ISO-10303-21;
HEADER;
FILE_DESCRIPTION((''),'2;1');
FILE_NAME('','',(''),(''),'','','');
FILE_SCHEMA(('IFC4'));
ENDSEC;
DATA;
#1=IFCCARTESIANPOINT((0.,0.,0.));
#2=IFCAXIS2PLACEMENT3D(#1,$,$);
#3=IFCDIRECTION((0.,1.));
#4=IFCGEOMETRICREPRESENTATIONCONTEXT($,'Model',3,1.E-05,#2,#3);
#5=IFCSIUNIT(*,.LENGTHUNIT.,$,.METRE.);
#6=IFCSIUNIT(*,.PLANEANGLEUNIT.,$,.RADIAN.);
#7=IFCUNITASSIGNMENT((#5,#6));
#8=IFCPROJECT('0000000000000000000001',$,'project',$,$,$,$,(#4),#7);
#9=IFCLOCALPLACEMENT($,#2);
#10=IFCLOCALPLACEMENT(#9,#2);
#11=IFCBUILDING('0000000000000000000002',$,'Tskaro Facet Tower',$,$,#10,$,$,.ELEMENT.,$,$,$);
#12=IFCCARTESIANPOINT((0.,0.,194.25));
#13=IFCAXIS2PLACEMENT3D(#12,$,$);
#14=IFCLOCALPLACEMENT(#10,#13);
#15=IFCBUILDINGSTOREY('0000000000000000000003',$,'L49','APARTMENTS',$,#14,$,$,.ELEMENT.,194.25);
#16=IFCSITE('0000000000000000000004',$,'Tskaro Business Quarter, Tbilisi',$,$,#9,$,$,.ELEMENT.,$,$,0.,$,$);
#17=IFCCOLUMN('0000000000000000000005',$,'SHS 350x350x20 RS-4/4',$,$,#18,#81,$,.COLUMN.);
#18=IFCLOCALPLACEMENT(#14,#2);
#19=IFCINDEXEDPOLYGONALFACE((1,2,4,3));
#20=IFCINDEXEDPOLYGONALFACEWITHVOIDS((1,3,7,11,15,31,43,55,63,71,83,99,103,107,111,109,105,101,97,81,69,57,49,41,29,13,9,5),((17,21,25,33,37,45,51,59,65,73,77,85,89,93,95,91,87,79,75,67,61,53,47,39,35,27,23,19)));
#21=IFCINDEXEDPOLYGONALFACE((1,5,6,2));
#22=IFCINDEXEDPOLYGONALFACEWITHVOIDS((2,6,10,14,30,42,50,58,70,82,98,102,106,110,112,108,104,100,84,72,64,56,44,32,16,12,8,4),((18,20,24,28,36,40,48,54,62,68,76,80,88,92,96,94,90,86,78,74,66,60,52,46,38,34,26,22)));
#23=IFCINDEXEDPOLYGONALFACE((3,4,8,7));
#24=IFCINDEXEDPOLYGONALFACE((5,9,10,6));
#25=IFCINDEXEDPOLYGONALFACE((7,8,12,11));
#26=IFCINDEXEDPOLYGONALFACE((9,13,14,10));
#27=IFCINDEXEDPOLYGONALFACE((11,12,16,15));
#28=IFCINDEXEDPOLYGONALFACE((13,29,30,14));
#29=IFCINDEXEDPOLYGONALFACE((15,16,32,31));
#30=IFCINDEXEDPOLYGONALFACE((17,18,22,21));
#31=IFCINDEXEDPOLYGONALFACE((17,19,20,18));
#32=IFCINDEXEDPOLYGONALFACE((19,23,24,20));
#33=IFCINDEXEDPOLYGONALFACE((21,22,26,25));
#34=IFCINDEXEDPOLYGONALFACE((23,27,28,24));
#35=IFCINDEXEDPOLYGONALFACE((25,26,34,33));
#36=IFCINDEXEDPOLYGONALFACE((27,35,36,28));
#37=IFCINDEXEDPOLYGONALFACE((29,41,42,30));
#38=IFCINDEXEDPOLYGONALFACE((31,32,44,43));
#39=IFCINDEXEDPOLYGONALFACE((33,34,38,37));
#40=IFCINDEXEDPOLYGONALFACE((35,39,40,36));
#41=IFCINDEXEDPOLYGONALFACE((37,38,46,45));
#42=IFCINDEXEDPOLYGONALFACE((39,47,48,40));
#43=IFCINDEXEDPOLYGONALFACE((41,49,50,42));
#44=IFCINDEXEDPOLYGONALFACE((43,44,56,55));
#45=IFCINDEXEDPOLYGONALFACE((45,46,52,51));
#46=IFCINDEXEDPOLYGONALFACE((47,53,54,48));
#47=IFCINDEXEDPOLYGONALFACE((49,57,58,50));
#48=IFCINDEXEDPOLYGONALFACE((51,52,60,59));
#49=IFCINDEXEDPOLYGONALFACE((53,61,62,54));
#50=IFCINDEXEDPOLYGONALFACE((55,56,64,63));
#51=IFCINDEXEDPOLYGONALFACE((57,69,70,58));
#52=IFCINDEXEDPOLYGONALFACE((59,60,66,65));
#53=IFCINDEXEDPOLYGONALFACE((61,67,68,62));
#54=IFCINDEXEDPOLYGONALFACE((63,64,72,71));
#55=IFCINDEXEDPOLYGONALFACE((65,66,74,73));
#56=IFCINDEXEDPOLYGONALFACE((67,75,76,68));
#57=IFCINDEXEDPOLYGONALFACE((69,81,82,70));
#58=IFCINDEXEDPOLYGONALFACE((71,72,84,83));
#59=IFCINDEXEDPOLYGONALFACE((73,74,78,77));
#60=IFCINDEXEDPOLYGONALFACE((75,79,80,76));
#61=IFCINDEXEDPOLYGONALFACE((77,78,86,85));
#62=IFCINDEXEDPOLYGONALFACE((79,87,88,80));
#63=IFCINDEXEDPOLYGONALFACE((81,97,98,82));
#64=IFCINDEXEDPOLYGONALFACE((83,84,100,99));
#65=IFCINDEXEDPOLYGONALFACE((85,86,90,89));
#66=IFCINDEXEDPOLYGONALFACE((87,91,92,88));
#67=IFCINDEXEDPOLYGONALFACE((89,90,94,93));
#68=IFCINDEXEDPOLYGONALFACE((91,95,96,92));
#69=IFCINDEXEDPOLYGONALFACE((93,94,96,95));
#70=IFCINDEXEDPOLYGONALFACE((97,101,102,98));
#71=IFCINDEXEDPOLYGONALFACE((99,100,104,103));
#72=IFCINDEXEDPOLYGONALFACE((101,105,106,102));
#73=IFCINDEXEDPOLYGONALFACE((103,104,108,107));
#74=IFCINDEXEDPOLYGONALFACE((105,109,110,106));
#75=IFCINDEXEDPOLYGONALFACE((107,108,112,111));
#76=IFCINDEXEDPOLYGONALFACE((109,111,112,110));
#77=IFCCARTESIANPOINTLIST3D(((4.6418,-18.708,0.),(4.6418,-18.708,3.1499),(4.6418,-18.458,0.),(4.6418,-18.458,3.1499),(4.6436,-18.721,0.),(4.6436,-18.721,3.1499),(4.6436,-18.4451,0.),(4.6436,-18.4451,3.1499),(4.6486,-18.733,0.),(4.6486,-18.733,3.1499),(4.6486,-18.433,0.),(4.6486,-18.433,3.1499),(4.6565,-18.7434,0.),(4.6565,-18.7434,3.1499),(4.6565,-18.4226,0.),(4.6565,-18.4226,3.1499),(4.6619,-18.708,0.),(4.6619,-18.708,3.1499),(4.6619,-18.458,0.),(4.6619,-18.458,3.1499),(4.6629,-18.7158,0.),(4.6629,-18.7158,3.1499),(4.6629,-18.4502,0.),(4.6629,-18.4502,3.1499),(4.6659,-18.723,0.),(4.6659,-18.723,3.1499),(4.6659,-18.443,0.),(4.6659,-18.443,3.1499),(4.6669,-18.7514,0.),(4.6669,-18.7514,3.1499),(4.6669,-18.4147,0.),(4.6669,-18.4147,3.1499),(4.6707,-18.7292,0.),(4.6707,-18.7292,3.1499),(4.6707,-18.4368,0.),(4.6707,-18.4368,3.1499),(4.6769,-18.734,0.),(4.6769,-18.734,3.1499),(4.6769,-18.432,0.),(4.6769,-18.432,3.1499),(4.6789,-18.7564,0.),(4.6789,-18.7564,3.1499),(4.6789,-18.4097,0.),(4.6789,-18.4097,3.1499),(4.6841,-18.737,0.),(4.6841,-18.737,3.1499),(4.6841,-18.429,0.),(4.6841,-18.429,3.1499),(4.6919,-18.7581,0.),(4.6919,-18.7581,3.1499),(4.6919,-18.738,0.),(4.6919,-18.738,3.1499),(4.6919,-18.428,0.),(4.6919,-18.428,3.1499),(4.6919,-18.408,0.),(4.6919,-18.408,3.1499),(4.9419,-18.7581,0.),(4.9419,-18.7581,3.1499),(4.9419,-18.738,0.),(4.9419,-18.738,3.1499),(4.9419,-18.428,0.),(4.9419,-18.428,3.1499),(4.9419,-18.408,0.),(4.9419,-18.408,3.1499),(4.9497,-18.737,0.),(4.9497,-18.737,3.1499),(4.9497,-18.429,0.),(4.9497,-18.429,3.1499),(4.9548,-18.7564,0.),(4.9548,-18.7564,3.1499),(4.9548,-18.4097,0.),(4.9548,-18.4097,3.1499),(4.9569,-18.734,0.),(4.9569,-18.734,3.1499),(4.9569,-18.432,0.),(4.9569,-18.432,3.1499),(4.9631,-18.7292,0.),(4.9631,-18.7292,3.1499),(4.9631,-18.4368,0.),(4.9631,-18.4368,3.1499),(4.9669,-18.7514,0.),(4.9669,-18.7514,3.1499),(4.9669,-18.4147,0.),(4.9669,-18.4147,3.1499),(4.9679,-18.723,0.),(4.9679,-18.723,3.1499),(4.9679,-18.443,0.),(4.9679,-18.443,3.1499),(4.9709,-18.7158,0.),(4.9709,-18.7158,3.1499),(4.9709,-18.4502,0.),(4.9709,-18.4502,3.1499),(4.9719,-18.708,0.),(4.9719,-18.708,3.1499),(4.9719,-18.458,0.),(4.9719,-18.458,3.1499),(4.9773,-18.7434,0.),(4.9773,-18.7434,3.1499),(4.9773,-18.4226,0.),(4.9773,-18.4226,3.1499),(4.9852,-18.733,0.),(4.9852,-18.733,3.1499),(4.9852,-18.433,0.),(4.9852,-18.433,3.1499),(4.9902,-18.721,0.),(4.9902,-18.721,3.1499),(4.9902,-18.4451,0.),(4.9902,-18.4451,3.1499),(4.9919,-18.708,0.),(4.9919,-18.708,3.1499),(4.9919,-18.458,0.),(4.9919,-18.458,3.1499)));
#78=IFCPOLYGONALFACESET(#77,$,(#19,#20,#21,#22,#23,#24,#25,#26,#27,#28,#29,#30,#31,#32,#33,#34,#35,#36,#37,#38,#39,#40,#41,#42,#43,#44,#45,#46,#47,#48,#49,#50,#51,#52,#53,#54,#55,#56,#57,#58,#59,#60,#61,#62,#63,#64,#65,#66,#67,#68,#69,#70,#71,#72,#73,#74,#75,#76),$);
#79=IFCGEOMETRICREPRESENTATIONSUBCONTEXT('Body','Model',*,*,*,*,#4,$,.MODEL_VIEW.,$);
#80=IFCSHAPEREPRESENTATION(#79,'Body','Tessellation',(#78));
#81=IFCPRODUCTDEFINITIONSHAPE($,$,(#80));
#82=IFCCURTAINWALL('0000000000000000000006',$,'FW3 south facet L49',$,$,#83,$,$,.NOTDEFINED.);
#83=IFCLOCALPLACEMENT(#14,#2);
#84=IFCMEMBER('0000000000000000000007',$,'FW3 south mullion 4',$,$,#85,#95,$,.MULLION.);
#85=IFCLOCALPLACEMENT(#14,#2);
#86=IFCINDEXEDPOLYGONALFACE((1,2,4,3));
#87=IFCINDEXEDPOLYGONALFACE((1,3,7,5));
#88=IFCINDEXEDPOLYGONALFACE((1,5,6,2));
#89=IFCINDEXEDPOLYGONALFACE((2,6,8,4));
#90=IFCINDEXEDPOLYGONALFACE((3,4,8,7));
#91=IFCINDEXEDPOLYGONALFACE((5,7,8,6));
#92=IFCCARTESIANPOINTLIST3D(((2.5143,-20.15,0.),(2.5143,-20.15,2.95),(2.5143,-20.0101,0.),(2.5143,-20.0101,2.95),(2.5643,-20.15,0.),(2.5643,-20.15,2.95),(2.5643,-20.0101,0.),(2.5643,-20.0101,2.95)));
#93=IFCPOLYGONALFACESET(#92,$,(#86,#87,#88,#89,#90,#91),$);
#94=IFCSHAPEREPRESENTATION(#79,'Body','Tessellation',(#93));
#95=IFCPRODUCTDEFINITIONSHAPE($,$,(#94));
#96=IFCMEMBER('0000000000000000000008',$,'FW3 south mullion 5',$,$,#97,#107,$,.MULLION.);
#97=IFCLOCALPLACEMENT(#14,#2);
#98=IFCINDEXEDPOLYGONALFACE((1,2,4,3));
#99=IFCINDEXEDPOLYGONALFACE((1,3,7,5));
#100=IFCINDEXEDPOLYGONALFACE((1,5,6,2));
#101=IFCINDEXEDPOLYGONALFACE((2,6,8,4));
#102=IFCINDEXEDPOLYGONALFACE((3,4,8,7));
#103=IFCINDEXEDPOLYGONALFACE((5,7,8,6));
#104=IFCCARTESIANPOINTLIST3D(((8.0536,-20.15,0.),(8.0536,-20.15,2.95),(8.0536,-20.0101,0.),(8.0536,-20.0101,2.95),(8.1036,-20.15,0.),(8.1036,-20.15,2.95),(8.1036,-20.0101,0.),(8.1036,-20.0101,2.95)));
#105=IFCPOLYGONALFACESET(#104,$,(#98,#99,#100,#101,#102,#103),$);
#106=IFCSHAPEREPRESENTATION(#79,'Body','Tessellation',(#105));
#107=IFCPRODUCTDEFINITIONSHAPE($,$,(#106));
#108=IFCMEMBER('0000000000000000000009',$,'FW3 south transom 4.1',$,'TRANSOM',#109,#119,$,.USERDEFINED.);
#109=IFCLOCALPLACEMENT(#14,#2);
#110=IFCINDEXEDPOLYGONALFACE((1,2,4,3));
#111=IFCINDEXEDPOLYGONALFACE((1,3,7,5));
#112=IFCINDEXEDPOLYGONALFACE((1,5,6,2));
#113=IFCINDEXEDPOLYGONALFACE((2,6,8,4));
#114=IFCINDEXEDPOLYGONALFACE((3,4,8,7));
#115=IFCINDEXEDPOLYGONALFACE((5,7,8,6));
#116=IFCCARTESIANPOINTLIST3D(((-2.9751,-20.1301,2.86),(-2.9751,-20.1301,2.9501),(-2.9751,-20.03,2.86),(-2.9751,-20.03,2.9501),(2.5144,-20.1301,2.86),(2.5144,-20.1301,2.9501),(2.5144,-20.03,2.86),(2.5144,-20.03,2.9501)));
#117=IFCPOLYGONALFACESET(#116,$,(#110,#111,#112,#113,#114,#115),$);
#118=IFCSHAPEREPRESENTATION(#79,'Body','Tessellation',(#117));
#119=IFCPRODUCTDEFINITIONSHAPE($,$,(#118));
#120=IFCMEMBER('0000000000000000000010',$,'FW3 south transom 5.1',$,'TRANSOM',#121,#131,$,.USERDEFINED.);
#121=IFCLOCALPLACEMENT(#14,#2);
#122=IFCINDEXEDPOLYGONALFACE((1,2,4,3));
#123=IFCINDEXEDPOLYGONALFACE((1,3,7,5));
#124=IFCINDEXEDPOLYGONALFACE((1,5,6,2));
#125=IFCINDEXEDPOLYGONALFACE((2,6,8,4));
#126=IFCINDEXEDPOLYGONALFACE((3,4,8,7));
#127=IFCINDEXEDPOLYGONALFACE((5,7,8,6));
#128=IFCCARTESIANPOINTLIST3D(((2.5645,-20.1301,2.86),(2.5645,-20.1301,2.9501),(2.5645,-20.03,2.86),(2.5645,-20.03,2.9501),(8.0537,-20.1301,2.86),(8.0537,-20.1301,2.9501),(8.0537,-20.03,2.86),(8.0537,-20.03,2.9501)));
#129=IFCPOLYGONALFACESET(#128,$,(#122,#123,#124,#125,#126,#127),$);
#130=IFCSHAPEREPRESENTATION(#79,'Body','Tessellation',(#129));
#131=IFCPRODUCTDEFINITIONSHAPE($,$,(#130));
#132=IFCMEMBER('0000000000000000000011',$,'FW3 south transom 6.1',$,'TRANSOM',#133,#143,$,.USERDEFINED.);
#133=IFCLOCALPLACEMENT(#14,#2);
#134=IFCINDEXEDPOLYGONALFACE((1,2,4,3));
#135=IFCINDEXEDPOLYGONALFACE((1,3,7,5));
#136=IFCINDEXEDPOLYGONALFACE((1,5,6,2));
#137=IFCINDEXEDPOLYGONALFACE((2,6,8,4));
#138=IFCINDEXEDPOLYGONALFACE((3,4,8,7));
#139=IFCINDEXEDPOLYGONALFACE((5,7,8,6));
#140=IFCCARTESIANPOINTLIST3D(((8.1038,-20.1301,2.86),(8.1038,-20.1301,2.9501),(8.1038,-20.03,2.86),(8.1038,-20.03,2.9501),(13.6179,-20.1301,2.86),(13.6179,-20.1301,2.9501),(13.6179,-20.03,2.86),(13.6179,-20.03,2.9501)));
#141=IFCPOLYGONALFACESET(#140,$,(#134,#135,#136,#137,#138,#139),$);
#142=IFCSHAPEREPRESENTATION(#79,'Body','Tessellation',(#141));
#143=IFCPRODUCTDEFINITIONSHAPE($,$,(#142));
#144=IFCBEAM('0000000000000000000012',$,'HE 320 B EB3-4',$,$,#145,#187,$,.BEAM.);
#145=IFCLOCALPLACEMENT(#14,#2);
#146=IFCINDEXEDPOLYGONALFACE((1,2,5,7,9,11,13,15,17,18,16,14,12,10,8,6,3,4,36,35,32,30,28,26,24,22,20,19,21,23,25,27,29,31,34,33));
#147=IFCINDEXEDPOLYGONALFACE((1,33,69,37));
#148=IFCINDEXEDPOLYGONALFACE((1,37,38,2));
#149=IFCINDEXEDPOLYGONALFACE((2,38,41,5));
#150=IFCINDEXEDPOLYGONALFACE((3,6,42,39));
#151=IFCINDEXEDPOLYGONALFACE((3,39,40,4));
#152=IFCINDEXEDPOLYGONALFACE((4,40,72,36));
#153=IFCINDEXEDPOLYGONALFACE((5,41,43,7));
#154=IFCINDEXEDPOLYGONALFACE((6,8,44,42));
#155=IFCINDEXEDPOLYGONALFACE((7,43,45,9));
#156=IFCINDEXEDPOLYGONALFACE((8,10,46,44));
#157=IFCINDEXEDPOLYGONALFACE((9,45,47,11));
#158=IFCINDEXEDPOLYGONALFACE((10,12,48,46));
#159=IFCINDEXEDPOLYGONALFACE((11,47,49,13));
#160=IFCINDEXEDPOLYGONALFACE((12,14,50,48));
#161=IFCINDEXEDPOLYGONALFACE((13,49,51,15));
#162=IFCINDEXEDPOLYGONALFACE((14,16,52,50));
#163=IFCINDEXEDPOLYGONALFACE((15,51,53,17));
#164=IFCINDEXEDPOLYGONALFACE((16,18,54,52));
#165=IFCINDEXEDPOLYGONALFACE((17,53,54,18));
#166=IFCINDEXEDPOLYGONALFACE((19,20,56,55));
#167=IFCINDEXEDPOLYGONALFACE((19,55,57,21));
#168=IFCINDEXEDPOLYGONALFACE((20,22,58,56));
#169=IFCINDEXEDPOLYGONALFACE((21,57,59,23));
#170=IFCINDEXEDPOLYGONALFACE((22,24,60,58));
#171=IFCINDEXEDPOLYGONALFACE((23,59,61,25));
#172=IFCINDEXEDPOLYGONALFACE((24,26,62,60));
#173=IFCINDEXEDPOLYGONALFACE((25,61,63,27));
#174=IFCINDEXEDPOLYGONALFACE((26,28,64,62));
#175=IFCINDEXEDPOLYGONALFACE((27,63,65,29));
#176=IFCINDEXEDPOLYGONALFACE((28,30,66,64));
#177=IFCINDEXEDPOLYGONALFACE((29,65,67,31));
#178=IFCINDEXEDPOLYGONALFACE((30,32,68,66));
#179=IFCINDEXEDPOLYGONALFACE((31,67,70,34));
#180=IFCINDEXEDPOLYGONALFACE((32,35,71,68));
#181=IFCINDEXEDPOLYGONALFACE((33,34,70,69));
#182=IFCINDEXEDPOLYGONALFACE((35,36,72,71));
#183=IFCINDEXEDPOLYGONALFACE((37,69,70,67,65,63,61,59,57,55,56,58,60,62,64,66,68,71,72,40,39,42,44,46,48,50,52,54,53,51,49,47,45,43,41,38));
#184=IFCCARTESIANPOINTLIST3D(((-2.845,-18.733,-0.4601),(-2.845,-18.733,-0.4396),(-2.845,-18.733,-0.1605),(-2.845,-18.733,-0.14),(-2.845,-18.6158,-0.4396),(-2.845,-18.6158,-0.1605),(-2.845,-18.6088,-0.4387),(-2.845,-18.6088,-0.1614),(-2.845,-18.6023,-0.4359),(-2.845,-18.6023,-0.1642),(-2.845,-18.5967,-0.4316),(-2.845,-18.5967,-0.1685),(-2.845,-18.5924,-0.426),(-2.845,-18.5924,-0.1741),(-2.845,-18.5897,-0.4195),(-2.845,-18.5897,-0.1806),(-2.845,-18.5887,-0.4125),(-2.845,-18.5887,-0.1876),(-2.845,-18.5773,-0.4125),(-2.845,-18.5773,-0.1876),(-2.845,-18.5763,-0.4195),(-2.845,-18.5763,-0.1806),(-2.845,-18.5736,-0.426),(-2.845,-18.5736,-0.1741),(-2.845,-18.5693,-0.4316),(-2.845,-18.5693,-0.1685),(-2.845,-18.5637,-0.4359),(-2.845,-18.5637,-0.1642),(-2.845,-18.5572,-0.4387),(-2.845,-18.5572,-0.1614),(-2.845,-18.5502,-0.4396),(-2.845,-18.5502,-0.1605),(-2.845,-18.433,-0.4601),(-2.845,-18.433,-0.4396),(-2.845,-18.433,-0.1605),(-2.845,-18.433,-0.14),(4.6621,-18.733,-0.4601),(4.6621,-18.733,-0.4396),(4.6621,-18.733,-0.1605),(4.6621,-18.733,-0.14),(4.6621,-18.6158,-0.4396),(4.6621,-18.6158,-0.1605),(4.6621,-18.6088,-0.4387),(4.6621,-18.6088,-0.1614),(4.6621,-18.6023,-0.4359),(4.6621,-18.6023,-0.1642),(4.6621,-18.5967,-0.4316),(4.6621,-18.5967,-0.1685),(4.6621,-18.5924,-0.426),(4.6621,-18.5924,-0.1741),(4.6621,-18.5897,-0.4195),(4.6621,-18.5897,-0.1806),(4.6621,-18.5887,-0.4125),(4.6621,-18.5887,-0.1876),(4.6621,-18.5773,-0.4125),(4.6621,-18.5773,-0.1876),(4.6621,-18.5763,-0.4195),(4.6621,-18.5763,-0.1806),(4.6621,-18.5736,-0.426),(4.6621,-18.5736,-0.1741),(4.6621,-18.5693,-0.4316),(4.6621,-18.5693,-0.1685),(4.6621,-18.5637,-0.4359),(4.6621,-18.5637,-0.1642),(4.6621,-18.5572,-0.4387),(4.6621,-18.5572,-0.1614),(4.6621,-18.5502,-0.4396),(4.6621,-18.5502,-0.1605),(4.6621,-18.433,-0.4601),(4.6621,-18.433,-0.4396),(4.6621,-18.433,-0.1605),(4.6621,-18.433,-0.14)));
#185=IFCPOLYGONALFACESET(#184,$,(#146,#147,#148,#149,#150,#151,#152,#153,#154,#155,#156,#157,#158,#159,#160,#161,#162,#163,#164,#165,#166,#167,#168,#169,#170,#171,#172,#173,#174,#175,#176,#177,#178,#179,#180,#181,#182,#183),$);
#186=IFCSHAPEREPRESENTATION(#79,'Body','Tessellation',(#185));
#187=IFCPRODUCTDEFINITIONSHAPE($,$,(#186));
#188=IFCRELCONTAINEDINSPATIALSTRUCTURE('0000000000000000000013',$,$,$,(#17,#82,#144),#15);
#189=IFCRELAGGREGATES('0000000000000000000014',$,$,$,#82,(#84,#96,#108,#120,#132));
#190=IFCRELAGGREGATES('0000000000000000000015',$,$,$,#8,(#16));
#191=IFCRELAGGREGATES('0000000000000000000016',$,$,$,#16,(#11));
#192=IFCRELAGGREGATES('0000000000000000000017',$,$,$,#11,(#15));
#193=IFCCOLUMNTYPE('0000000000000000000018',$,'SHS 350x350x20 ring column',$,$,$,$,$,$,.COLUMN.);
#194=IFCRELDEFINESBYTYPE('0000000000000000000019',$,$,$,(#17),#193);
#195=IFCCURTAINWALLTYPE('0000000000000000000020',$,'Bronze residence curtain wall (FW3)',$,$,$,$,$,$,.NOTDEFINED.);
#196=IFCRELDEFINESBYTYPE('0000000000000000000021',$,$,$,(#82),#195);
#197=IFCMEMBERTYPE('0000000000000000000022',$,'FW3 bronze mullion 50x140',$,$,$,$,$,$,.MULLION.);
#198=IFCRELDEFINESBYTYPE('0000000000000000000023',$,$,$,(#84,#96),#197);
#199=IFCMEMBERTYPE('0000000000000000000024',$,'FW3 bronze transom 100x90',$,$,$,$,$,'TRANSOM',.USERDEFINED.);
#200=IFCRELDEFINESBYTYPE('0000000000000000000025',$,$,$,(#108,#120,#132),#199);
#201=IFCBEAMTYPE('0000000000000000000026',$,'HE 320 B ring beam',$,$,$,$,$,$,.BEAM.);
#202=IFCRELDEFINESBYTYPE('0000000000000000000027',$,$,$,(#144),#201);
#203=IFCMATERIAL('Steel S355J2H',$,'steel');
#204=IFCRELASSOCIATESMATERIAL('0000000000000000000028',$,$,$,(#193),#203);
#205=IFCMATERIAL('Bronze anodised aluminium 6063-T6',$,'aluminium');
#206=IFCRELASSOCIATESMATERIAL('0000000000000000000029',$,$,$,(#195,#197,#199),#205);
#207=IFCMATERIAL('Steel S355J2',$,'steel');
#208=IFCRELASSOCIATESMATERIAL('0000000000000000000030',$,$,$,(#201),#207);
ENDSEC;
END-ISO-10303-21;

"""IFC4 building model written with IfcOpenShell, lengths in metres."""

from ifc_helpers import new_model, si_unit, direction, frame, origin, origin_2d, place, context, subcontext, project, spatial, rectangle, hollow_rectangle, i_section, extrude, material, material_profile, profile_set, type_object, element, aggregate, save


model = new_model("IFC4")

# Units and contexts
model_context = context("Model", 3, precision=1e-05, world=origin(), true_north=direction((0.0, 1.0)))
body_context = subcontext(model_context, "Body", "Model", "MODEL_VIEW")
ifc_project = project(units=[si_unit("LENGTHUNIT", "METRE"), si_unit("PLANEANGLEUNIT", "RADIAN")], contexts=[model_context])

# Site, building, storey
site_placement = place(None, origin())
site = spatial("IfcSite", under=ifc_project, at=site_placement, Name="Tskaro Business Quarter, Tbilisi", CompositionType="ELEMENT", RefElevation=0.0)
building_placement = place(site_placement, origin())
building = spatial("IfcBuilding", under=site, at=building_placement, Name="Tskaro Facet Tower", CompositionType="ELEMENT")
storey_placement = place(building_placement, frame((0.0, 0.0, 194.25)))
storey = spatial("IfcBuildingStorey", under=building, at=storey_placement, Name="L49", Description="APARTMENTS", CompositionType="ELEMENT", Elevation=194.25)

# Column
ifc_material_1 = material(Name="Steel S355J2H", Category="steel")
ifc_material_profile_1 = material_profile(ifc_material_1, hollow_rectangle(XDim=0.3501, YDim=0.3501, WallThickness=0.02, InnerFilletRadius=0.03, OuterFilletRadius=0.05, at=origin_2d()), Name="SHS 350x350x20")
ifc_profile_set_1 = profile_set([ifc_material_profile_1], Name="Steel S355J2H")
column_type = type_object("IfcColumnType", Name="SHS 350x350x20 ring column", PredefinedType="COLUMN", material=ifc_profile_set_1)
column_placement = place(storey_placement, frame((4.8169, -18.583, 0.0), z_axis=(0.0, 0.0, 1.0), x_axis=(1.0, 0.0, 0.0)))
element("IfcColumn", 1, at=column_placement, inside=storey, type_object=column_type, Name="SHS 350x350x20 RS-4/4", PredefinedType="COLUMN", context=body_context, shape_type="SweptSolid", body=[
    extrude(hollow_rectangle(XDim=0.3501, YDim=0.3501, WallThickness=0.02, InnerFilletRadius=0.03, OuterFilletRadius=0.05, at=origin_2d()), origin(), (0.0, 0.0, 1.0), 3.1499),
])

# Curtain wall, members
ifc_material_2 = material(Name="Bronze anodised aluminium 6063-T6", Category="aluminium")
curtain_wall_type = type_object("IfcCurtainWallType", Name="Bronze residence curtain wall (FW3)", PredefinedType="NOTDEFINED", material=ifc_material_2)
curtain_wall_placement = place(storey_placement, origin())
curtain_wall = element("IfcCurtainWall", 2, at=curtain_wall_placement, inside=storey, type_object=curtain_wall_type, Name="FW3 south facet L49", PredefinedType="NOTDEFINED")
ifc_material_profile_2 = material_profile(ifc_material_2, rectangle(XDim=0.05, YDim=0.1399, at=origin_2d()), Name="Mullion 50x140")
ifc_profile_set_2 = profile_set([ifc_material_profile_2], Name="Bronze anodised aluminium 6063-T6")
member_type_1 = type_object("IfcMemberType", Name="FW3 bronze mullion 50x140", PredefinedType="MULLION", material=ifc_profile_set_2)
member_1_placement = place(storey_placement, frame((2.5393, -20.0801, 0.0), z_axis=(0.0, 0.0, 1.0), x_axis=(1.0, 0.0, 0.0)))
member_1 = element("IfcMember", 3, at=member_1_placement, type_object=member_type_1, Name="FW3 south mullion 4", PredefinedType="MULLION", context=body_context, shape_type="SweptSolid", body=[
    extrude(rectangle(XDim=0.05, YDim=0.1399, at=origin_2d()), origin(), (0.0, 0.0, 1.0), 2.95),
])
member_2_placement = place(storey_placement, frame((8.0786, -20.0801, 0.0), z_axis=(0.0, 0.0, 1.0), x_axis=(1.0, 0.0, 0.0)))
member_2 = element("IfcMember", 4, at=member_2_placement, type_object=member_type_1, Name="FW3 south mullion 5", PredefinedType="MULLION", context=body_context, shape_type="SweptSolid", body=[
    extrude(rectangle(XDim=0.05, YDim=0.1399, at=origin_2d()), origin(), (0.0, 0.0, 1.0), 2.95),
])
ifc_material_profile_3 = material_profile(ifc_material_2, rectangle(XDim=0.1001, YDim=0.0901, at=origin_2d()), Name="Transom 100x90")
ifc_profile_set_3 = profile_set([ifc_material_profile_3], Name="Bronze anodised aluminium 6063-T6")
member_type_2 = type_object("IfcMemberType", Name="FW3 bronze transom 100x90", ElementType="TRANSOM", PredefinedType="USERDEFINED", material=ifc_profile_set_3)
member_3_placement = place(storey_placement, frame((-2.9751, -20.0801, 2.905), z_axis=(1.0, 0.0, 0.0), x_axis=(0.0, 1.0, 0.0)))
member_3 = element("IfcMember", 5, at=member_3_placement, type_object=member_type_2, Name="FW3 south transom 4.1", ObjectType="TRANSOM", PredefinedType="USERDEFINED", context=body_context, shape_type="SweptSolid", body=[
    extrude(rectangle(XDim=0.1001, YDim=0.0901, at=origin_2d()), origin(), (0.0, 0.0, 1.0), 5.4895),
])
member_4_placement = place(storey_placement, frame((2.5645, -20.0801, 2.905), z_axis=(1.0, 0.0, 0.0), x_axis=(0.0, 1.0, 0.0)))
member_4 = element("IfcMember", 6, at=member_4_placement, type_object=member_type_2, Name="FW3 south transom 5.1", ObjectType="TRANSOM", PredefinedType="USERDEFINED", context=body_context, shape_type="SweptSolid", body=[
    extrude(rectangle(XDim=0.1001, YDim=0.0901, at=origin_2d()), origin(), (0.0, 0.0, 1.0), 5.4893),
])
member_5_placement = place(storey_placement, frame((8.1038, -20.0801, 2.905), z_axis=(1.0, 0.0, 0.0), x_axis=(0.0, 1.0, 0.0)))
member_5 = element("IfcMember", 7, at=member_5_placement, type_object=member_type_2, Name="FW3 south transom 6.1", ObjectType="TRANSOM", PredefinedType="USERDEFINED", context=body_context, shape_type="SweptSolid", body=[
    extrude(rectangle(XDim=0.1001, YDim=0.0901, at=origin_2d()), origin(), (0.0, 0.0, 1.0), 5.5142),
])

# Beam
ifc_material_3 = material(Name="Steel S355J2", Category="steel")
ifc_material_profile_4 = material_profile(ifc_material_3, i_section(OverallWidth=0.3, OverallDepth=0.3201, WebThickness=0.0115, FlangeThickness=0.0205, FilletRadius=0.0271, at=origin_2d()), Name="HE 320 B")
ifc_profile_set_4 = profile_set([ifc_material_profile_4], Name="Steel S355J2")
beam_type_1 = type_object("IfcBeamType", Name="HE 320 B ring beam", PredefinedType="BEAM", material=ifc_profile_set_4)
beam_1_placement = place(storey_placement, frame((-2.845, -18.583, -0.3), z_axis=(1.0, 0.0, 0.0), x_axis=(0.0, 1.0, 0.0)))
element("IfcBeam", 8, at=beam_1_placement, inside=storey, type_object=beam_type_1, Name="HE 320 B EB3-4", PredefinedType="BEAM", context=body_context, shape_type="SweptSolid", body=[
    extrude(i_section(OverallWidth=0.3, OverallDepth=0.3201, WebThickness=0.0115, FlangeThickness=0.0205, FilletRadius=0.0271, at=origin_2d()), origin(), (0.0, 0.0, 1.0), 7.5071),
])

aggregate(curtain_wall, [member_1, member_2, member_3, member_4, member_5])

save(model, "model.ifc")
